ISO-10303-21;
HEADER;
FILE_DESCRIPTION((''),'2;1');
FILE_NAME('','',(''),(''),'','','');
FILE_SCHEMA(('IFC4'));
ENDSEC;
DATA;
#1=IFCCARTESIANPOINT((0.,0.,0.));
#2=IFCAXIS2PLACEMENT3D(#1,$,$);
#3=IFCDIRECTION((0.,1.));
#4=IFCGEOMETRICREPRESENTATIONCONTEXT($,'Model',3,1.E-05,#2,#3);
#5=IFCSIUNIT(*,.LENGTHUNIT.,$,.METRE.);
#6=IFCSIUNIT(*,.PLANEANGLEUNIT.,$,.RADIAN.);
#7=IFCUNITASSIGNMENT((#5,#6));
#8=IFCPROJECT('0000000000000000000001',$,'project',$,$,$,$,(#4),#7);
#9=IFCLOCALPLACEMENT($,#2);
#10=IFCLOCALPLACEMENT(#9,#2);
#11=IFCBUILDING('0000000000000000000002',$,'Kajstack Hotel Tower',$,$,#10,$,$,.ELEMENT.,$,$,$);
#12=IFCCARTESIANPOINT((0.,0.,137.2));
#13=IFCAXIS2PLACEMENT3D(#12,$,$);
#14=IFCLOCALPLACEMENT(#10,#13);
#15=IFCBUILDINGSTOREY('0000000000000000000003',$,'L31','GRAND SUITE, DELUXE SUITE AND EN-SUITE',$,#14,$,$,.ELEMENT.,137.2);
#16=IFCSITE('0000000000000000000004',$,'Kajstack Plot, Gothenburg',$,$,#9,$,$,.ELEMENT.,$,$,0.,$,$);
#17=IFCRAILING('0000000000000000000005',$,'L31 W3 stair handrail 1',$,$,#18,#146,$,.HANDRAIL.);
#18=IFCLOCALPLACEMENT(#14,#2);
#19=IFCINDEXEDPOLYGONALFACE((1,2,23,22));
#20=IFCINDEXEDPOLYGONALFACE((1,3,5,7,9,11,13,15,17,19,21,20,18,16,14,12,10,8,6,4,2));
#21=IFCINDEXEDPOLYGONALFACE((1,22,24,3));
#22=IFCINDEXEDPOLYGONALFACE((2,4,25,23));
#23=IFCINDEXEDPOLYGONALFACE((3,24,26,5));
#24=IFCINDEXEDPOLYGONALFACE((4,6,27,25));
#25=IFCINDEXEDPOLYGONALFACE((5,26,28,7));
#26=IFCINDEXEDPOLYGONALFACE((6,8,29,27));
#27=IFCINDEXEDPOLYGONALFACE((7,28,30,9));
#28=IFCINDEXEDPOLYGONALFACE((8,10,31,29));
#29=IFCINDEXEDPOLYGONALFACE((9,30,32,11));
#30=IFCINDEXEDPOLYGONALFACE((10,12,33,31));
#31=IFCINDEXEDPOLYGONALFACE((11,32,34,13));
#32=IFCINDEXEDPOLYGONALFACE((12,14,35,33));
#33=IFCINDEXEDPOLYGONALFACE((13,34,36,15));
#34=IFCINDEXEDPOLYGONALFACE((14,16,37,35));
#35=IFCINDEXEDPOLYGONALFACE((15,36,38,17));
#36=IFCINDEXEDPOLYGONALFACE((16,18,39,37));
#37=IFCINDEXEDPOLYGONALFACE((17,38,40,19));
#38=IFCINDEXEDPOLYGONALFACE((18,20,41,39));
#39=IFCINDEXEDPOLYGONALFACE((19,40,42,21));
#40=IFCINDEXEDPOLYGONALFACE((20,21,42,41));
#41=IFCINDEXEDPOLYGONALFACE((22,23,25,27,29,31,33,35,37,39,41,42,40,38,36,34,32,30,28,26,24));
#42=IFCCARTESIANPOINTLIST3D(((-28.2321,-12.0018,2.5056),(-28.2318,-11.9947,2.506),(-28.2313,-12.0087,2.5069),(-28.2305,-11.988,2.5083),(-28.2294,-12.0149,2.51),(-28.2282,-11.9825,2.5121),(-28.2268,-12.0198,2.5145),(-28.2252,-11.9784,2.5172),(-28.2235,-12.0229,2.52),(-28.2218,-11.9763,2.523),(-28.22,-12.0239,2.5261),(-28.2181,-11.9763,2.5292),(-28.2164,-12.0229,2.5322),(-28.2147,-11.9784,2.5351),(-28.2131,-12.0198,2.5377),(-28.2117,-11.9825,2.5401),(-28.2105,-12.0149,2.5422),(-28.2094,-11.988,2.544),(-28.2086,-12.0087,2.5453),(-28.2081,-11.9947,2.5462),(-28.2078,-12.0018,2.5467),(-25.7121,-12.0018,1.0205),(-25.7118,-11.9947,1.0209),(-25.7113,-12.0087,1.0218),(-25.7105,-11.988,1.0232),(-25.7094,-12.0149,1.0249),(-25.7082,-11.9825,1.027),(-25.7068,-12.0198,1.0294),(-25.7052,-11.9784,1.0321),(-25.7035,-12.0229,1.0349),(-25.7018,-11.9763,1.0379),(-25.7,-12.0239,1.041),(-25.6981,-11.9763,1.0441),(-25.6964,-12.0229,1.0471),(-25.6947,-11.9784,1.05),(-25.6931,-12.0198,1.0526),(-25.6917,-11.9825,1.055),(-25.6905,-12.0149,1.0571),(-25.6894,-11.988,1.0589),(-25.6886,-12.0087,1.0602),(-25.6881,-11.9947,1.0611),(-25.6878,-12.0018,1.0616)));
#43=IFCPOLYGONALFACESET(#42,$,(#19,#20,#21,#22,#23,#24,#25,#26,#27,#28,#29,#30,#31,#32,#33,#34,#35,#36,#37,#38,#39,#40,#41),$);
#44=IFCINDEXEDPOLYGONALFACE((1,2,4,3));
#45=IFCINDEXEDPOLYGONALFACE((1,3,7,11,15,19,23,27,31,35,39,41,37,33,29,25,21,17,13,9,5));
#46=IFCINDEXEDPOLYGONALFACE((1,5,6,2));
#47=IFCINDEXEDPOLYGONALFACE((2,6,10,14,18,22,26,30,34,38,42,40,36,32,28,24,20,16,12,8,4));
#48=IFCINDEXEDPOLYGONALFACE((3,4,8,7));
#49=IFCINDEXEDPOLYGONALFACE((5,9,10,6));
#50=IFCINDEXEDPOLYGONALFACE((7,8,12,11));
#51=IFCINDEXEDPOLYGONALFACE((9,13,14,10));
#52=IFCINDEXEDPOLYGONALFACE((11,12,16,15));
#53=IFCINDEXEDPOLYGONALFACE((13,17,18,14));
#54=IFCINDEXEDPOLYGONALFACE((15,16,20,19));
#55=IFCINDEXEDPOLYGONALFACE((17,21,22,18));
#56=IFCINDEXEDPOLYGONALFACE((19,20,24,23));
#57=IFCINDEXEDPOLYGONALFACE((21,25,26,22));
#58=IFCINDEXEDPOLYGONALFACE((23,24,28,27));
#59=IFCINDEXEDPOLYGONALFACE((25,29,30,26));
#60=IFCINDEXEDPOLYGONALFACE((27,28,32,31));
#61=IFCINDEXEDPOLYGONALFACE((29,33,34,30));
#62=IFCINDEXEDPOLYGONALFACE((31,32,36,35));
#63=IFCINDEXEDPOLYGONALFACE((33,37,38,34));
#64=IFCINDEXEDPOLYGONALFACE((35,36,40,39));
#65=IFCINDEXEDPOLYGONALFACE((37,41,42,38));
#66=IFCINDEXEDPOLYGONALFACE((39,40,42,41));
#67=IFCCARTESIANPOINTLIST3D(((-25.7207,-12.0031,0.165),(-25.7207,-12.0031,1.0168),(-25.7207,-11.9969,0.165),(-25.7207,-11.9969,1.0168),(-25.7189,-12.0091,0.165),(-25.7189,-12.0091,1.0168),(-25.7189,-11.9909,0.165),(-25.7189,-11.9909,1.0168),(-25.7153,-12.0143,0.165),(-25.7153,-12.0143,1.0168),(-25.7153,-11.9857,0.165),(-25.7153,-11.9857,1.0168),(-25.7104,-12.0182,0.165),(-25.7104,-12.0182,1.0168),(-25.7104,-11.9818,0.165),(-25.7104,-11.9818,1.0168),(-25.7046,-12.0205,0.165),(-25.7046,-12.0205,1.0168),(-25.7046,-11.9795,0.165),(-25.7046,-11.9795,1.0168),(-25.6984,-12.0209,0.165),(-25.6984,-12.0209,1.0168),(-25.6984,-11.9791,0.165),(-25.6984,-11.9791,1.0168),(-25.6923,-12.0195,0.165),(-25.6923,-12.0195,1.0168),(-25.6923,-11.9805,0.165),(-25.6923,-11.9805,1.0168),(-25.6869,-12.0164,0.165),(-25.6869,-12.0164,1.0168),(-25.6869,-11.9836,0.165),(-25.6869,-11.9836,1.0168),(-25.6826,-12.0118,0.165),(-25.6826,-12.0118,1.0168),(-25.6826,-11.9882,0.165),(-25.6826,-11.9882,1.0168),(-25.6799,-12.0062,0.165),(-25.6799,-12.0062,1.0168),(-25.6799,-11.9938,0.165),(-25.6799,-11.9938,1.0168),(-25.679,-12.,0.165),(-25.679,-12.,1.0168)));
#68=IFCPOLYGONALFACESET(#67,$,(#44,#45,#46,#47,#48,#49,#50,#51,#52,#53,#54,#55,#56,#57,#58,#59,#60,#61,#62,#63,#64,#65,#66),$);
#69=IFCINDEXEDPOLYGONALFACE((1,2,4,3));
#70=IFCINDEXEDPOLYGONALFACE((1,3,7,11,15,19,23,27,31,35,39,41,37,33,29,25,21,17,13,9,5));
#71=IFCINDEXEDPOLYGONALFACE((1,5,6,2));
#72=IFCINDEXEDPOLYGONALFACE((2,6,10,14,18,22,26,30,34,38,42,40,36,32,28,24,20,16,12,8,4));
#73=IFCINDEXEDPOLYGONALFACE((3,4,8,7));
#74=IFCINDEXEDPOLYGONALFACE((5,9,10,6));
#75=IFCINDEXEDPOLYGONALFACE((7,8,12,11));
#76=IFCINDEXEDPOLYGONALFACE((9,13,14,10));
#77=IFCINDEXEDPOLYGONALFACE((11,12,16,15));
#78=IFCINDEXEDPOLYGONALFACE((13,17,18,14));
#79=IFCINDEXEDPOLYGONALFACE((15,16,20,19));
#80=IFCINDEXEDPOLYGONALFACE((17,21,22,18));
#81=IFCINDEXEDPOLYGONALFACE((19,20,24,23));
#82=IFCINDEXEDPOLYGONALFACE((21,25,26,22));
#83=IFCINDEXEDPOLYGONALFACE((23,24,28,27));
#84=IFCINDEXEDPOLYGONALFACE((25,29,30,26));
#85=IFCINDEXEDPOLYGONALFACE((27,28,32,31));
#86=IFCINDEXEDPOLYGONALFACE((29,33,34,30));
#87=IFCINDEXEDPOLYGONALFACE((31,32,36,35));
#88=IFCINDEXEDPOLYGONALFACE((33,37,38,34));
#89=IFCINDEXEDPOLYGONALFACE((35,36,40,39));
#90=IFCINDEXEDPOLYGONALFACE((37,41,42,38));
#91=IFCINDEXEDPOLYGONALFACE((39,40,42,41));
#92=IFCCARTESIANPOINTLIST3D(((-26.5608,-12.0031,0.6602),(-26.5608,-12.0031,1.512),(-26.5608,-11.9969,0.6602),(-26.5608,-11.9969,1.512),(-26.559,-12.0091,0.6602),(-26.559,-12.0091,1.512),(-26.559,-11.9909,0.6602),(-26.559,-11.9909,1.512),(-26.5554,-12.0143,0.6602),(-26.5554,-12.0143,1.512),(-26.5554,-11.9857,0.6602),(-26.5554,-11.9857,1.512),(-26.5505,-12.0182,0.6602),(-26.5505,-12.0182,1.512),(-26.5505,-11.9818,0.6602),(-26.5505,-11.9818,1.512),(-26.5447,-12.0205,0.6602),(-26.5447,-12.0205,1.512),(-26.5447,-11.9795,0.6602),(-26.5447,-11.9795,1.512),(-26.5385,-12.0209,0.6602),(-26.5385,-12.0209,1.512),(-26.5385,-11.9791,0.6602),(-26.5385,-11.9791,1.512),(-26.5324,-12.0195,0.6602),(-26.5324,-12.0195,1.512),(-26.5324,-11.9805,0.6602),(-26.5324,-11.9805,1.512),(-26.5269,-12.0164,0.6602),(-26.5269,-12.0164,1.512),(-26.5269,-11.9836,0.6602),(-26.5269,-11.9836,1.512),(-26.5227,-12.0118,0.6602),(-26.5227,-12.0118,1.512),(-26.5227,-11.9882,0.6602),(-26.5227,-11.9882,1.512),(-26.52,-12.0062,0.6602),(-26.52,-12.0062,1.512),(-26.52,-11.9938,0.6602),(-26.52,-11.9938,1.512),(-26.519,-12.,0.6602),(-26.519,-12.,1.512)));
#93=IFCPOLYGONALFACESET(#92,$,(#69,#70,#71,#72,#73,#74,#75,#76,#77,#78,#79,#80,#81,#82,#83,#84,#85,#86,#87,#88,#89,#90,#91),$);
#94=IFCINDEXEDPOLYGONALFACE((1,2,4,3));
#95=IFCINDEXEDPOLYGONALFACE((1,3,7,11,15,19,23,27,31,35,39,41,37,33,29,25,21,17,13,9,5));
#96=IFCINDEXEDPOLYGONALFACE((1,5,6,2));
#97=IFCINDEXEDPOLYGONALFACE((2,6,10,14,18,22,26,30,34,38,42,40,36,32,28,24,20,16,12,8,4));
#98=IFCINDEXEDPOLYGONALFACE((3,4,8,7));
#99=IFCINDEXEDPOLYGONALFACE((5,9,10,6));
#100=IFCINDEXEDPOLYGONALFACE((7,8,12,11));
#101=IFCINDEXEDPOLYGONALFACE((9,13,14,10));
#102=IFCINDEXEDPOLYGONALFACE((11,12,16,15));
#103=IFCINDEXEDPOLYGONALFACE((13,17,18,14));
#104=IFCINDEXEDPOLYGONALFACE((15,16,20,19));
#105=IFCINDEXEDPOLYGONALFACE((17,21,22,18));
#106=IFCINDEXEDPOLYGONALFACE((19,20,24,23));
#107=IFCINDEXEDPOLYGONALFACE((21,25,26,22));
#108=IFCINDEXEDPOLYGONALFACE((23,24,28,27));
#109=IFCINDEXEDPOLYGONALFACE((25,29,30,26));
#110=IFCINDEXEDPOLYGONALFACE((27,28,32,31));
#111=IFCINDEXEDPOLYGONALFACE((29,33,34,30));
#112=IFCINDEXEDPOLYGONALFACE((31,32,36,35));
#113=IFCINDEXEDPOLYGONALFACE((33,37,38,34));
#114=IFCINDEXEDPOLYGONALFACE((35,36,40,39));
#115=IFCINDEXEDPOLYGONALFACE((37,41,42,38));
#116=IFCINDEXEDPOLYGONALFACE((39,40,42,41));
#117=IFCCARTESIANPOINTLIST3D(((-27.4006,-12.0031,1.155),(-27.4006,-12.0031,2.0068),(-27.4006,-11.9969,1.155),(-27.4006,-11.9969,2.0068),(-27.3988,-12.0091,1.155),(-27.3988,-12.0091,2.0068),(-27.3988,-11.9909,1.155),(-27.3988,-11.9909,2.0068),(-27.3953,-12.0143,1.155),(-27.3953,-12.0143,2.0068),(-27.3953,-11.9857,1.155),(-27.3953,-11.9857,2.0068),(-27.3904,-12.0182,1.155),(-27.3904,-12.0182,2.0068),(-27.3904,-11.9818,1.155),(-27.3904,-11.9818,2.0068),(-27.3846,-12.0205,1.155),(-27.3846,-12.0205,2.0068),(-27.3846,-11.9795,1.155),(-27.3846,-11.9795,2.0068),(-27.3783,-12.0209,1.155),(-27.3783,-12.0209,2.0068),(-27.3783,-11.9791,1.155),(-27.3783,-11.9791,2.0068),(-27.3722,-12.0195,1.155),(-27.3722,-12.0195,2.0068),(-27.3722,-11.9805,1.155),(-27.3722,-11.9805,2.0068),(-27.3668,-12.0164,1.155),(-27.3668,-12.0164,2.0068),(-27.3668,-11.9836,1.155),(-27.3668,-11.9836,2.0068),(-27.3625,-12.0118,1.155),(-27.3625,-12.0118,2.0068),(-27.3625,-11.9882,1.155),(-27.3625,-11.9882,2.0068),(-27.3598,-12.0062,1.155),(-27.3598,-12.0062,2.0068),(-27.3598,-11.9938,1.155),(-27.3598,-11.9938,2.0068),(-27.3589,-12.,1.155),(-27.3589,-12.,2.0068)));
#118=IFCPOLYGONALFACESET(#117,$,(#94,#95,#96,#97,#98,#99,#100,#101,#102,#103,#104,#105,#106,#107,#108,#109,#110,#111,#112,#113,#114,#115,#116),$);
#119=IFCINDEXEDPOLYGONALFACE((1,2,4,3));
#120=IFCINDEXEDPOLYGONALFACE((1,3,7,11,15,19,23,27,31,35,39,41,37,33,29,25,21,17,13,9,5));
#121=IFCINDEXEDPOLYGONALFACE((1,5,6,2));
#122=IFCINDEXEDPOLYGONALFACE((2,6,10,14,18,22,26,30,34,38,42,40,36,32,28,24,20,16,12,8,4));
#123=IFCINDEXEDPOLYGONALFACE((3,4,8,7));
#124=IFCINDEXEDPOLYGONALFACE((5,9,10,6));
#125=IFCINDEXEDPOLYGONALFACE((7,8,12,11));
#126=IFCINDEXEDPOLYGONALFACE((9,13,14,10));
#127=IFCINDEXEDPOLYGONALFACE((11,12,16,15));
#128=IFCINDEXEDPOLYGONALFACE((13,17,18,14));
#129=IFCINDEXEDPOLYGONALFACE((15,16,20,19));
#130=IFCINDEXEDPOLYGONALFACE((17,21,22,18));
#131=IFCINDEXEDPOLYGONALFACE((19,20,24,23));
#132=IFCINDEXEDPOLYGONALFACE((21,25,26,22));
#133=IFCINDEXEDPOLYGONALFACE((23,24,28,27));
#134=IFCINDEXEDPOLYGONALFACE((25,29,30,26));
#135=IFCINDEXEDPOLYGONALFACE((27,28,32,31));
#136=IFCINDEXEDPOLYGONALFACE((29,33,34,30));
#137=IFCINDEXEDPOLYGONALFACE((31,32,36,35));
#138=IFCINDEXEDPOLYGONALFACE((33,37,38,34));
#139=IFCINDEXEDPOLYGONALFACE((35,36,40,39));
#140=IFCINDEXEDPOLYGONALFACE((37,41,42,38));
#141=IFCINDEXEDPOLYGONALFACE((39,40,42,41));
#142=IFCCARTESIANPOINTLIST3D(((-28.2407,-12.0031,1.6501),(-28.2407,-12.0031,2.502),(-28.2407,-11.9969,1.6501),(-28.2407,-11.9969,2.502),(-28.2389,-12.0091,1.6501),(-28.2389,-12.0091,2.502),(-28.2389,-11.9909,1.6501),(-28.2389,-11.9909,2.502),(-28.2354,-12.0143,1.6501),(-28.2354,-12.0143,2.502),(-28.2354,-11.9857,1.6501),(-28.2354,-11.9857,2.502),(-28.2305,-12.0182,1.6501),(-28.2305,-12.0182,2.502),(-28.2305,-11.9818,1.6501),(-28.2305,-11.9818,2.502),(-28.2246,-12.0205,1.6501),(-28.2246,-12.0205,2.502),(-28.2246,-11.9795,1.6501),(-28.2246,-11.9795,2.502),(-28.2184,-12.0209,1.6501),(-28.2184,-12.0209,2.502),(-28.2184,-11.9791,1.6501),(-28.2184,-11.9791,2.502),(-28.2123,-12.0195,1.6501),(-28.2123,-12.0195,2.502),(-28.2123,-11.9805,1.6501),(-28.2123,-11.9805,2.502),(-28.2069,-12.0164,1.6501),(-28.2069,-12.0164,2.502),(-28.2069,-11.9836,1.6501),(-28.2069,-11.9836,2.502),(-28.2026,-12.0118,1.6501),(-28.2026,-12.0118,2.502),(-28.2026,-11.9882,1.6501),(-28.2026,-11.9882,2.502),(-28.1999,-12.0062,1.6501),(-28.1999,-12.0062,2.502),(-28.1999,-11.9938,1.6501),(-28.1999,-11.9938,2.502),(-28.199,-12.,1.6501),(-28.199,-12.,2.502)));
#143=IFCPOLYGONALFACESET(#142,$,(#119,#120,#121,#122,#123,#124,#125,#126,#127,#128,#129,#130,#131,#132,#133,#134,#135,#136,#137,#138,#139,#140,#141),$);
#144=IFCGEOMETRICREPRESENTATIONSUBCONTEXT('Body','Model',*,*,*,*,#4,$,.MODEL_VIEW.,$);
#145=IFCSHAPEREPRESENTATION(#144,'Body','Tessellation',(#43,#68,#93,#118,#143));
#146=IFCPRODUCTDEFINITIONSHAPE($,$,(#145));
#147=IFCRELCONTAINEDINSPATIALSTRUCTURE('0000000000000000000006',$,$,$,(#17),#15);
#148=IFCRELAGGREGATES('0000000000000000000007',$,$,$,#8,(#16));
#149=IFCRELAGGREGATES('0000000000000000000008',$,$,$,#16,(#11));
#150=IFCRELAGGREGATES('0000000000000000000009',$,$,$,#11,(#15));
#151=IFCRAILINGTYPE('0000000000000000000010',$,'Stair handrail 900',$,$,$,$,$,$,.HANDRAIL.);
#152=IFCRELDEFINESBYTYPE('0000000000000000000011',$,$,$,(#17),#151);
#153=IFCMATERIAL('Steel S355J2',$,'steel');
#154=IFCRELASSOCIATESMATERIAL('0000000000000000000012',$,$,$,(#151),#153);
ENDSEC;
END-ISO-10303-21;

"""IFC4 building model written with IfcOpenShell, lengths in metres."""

from ifc_helpers import new_model, si_unit, direction, frame, origin, origin_2d, place, context, subcontext, project, spatial, circle, extrude, material, type_object, element, save


model = new_model("IFC4")

# Units and contexts
model_context = context("Model", 3, precision=1e-05, world=origin(), true_north=direction((0.0, 1.0)))
body_context = subcontext(model_context, "Body", "Model", "MODEL_VIEW")
ifc_project = project(units=[si_unit("LENGTHUNIT", "METRE"), si_unit("PLANEANGLEUNIT", "RADIAN")], contexts=[model_context])

# Site, building, storey
site_placement = place(None, origin())
site = spatial("IfcSite", under=ifc_project, at=site_placement, Name="Kajstack Plot, Gothenburg", CompositionType="ELEMENT", RefElevation=0.0)
building_placement = place(site_placement, origin())
building = spatial("IfcBuilding", under=site, at=building_placement, Name="Kajstack Hotel Tower", CompositionType="ELEMENT")
storey_placement = place(building_placement, frame((0.0, 0.0, 137.2)))
storey = spatial("IfcBuildingStorey", under=building, at=storey_placement, Name="L31", Description="GRAND SUITE, DELUXE SUITE AND EN-SUITE", CompositionType="ELEMENT", Elevation=137.2)

# Railing
ifc_material_1 = material(Name="Steel S355J2", Category="steel")
railing_type_1 = type_object("IfcRailingType", Name="Stair handrail 900", PredefinedType="HANDRAIL", material=ifc_material_1)
railing_1_placement = place(storey_placement, frame((-25.7, -12.0, 0.165)))
element("IfcRailing", 1, at=railing_1_placement, inside=storey, type_object=railing_type_1, Name="L31 W3 stair handrail 1", PredefinedType="HANDRAIL", context=body_context, shape_type="SweptSolid", body=[
    extrude(circle(Radius=0.0239, at=origin_2d()), frame((0.0, 0.0, 0.876), z_axis=(-0.861524, 0.0, 0.507717), x_axis=(0.0, -1.0, 0.0)), (0.0, 0.0, 1.0), 2.925),
    extrude(circle(Radius=0.021, at=origin_2d()), origin(), (0.0, 0.0, 1.0), 0.8518),
    extrude(circle(Radius=0.021, at=origin_2d()), frame((-0.8401, 0.0, 0.4951)), (0.0, 0.0, 1.0), 0.8518),
    extrude(circle(Radius=0.021, at=origin_2d()), frame((-1.6799, 0.0, 0.99)), (0.0, 0.0, 1.0), 0.8518),
    extrude(circle(Radius=0.021, at=origin_2d()), frame((-2.52, 0.0, 1.4851)), (0.0, 0.0, 1.0), 0.8518),
])

save(model, "model.ifc")
